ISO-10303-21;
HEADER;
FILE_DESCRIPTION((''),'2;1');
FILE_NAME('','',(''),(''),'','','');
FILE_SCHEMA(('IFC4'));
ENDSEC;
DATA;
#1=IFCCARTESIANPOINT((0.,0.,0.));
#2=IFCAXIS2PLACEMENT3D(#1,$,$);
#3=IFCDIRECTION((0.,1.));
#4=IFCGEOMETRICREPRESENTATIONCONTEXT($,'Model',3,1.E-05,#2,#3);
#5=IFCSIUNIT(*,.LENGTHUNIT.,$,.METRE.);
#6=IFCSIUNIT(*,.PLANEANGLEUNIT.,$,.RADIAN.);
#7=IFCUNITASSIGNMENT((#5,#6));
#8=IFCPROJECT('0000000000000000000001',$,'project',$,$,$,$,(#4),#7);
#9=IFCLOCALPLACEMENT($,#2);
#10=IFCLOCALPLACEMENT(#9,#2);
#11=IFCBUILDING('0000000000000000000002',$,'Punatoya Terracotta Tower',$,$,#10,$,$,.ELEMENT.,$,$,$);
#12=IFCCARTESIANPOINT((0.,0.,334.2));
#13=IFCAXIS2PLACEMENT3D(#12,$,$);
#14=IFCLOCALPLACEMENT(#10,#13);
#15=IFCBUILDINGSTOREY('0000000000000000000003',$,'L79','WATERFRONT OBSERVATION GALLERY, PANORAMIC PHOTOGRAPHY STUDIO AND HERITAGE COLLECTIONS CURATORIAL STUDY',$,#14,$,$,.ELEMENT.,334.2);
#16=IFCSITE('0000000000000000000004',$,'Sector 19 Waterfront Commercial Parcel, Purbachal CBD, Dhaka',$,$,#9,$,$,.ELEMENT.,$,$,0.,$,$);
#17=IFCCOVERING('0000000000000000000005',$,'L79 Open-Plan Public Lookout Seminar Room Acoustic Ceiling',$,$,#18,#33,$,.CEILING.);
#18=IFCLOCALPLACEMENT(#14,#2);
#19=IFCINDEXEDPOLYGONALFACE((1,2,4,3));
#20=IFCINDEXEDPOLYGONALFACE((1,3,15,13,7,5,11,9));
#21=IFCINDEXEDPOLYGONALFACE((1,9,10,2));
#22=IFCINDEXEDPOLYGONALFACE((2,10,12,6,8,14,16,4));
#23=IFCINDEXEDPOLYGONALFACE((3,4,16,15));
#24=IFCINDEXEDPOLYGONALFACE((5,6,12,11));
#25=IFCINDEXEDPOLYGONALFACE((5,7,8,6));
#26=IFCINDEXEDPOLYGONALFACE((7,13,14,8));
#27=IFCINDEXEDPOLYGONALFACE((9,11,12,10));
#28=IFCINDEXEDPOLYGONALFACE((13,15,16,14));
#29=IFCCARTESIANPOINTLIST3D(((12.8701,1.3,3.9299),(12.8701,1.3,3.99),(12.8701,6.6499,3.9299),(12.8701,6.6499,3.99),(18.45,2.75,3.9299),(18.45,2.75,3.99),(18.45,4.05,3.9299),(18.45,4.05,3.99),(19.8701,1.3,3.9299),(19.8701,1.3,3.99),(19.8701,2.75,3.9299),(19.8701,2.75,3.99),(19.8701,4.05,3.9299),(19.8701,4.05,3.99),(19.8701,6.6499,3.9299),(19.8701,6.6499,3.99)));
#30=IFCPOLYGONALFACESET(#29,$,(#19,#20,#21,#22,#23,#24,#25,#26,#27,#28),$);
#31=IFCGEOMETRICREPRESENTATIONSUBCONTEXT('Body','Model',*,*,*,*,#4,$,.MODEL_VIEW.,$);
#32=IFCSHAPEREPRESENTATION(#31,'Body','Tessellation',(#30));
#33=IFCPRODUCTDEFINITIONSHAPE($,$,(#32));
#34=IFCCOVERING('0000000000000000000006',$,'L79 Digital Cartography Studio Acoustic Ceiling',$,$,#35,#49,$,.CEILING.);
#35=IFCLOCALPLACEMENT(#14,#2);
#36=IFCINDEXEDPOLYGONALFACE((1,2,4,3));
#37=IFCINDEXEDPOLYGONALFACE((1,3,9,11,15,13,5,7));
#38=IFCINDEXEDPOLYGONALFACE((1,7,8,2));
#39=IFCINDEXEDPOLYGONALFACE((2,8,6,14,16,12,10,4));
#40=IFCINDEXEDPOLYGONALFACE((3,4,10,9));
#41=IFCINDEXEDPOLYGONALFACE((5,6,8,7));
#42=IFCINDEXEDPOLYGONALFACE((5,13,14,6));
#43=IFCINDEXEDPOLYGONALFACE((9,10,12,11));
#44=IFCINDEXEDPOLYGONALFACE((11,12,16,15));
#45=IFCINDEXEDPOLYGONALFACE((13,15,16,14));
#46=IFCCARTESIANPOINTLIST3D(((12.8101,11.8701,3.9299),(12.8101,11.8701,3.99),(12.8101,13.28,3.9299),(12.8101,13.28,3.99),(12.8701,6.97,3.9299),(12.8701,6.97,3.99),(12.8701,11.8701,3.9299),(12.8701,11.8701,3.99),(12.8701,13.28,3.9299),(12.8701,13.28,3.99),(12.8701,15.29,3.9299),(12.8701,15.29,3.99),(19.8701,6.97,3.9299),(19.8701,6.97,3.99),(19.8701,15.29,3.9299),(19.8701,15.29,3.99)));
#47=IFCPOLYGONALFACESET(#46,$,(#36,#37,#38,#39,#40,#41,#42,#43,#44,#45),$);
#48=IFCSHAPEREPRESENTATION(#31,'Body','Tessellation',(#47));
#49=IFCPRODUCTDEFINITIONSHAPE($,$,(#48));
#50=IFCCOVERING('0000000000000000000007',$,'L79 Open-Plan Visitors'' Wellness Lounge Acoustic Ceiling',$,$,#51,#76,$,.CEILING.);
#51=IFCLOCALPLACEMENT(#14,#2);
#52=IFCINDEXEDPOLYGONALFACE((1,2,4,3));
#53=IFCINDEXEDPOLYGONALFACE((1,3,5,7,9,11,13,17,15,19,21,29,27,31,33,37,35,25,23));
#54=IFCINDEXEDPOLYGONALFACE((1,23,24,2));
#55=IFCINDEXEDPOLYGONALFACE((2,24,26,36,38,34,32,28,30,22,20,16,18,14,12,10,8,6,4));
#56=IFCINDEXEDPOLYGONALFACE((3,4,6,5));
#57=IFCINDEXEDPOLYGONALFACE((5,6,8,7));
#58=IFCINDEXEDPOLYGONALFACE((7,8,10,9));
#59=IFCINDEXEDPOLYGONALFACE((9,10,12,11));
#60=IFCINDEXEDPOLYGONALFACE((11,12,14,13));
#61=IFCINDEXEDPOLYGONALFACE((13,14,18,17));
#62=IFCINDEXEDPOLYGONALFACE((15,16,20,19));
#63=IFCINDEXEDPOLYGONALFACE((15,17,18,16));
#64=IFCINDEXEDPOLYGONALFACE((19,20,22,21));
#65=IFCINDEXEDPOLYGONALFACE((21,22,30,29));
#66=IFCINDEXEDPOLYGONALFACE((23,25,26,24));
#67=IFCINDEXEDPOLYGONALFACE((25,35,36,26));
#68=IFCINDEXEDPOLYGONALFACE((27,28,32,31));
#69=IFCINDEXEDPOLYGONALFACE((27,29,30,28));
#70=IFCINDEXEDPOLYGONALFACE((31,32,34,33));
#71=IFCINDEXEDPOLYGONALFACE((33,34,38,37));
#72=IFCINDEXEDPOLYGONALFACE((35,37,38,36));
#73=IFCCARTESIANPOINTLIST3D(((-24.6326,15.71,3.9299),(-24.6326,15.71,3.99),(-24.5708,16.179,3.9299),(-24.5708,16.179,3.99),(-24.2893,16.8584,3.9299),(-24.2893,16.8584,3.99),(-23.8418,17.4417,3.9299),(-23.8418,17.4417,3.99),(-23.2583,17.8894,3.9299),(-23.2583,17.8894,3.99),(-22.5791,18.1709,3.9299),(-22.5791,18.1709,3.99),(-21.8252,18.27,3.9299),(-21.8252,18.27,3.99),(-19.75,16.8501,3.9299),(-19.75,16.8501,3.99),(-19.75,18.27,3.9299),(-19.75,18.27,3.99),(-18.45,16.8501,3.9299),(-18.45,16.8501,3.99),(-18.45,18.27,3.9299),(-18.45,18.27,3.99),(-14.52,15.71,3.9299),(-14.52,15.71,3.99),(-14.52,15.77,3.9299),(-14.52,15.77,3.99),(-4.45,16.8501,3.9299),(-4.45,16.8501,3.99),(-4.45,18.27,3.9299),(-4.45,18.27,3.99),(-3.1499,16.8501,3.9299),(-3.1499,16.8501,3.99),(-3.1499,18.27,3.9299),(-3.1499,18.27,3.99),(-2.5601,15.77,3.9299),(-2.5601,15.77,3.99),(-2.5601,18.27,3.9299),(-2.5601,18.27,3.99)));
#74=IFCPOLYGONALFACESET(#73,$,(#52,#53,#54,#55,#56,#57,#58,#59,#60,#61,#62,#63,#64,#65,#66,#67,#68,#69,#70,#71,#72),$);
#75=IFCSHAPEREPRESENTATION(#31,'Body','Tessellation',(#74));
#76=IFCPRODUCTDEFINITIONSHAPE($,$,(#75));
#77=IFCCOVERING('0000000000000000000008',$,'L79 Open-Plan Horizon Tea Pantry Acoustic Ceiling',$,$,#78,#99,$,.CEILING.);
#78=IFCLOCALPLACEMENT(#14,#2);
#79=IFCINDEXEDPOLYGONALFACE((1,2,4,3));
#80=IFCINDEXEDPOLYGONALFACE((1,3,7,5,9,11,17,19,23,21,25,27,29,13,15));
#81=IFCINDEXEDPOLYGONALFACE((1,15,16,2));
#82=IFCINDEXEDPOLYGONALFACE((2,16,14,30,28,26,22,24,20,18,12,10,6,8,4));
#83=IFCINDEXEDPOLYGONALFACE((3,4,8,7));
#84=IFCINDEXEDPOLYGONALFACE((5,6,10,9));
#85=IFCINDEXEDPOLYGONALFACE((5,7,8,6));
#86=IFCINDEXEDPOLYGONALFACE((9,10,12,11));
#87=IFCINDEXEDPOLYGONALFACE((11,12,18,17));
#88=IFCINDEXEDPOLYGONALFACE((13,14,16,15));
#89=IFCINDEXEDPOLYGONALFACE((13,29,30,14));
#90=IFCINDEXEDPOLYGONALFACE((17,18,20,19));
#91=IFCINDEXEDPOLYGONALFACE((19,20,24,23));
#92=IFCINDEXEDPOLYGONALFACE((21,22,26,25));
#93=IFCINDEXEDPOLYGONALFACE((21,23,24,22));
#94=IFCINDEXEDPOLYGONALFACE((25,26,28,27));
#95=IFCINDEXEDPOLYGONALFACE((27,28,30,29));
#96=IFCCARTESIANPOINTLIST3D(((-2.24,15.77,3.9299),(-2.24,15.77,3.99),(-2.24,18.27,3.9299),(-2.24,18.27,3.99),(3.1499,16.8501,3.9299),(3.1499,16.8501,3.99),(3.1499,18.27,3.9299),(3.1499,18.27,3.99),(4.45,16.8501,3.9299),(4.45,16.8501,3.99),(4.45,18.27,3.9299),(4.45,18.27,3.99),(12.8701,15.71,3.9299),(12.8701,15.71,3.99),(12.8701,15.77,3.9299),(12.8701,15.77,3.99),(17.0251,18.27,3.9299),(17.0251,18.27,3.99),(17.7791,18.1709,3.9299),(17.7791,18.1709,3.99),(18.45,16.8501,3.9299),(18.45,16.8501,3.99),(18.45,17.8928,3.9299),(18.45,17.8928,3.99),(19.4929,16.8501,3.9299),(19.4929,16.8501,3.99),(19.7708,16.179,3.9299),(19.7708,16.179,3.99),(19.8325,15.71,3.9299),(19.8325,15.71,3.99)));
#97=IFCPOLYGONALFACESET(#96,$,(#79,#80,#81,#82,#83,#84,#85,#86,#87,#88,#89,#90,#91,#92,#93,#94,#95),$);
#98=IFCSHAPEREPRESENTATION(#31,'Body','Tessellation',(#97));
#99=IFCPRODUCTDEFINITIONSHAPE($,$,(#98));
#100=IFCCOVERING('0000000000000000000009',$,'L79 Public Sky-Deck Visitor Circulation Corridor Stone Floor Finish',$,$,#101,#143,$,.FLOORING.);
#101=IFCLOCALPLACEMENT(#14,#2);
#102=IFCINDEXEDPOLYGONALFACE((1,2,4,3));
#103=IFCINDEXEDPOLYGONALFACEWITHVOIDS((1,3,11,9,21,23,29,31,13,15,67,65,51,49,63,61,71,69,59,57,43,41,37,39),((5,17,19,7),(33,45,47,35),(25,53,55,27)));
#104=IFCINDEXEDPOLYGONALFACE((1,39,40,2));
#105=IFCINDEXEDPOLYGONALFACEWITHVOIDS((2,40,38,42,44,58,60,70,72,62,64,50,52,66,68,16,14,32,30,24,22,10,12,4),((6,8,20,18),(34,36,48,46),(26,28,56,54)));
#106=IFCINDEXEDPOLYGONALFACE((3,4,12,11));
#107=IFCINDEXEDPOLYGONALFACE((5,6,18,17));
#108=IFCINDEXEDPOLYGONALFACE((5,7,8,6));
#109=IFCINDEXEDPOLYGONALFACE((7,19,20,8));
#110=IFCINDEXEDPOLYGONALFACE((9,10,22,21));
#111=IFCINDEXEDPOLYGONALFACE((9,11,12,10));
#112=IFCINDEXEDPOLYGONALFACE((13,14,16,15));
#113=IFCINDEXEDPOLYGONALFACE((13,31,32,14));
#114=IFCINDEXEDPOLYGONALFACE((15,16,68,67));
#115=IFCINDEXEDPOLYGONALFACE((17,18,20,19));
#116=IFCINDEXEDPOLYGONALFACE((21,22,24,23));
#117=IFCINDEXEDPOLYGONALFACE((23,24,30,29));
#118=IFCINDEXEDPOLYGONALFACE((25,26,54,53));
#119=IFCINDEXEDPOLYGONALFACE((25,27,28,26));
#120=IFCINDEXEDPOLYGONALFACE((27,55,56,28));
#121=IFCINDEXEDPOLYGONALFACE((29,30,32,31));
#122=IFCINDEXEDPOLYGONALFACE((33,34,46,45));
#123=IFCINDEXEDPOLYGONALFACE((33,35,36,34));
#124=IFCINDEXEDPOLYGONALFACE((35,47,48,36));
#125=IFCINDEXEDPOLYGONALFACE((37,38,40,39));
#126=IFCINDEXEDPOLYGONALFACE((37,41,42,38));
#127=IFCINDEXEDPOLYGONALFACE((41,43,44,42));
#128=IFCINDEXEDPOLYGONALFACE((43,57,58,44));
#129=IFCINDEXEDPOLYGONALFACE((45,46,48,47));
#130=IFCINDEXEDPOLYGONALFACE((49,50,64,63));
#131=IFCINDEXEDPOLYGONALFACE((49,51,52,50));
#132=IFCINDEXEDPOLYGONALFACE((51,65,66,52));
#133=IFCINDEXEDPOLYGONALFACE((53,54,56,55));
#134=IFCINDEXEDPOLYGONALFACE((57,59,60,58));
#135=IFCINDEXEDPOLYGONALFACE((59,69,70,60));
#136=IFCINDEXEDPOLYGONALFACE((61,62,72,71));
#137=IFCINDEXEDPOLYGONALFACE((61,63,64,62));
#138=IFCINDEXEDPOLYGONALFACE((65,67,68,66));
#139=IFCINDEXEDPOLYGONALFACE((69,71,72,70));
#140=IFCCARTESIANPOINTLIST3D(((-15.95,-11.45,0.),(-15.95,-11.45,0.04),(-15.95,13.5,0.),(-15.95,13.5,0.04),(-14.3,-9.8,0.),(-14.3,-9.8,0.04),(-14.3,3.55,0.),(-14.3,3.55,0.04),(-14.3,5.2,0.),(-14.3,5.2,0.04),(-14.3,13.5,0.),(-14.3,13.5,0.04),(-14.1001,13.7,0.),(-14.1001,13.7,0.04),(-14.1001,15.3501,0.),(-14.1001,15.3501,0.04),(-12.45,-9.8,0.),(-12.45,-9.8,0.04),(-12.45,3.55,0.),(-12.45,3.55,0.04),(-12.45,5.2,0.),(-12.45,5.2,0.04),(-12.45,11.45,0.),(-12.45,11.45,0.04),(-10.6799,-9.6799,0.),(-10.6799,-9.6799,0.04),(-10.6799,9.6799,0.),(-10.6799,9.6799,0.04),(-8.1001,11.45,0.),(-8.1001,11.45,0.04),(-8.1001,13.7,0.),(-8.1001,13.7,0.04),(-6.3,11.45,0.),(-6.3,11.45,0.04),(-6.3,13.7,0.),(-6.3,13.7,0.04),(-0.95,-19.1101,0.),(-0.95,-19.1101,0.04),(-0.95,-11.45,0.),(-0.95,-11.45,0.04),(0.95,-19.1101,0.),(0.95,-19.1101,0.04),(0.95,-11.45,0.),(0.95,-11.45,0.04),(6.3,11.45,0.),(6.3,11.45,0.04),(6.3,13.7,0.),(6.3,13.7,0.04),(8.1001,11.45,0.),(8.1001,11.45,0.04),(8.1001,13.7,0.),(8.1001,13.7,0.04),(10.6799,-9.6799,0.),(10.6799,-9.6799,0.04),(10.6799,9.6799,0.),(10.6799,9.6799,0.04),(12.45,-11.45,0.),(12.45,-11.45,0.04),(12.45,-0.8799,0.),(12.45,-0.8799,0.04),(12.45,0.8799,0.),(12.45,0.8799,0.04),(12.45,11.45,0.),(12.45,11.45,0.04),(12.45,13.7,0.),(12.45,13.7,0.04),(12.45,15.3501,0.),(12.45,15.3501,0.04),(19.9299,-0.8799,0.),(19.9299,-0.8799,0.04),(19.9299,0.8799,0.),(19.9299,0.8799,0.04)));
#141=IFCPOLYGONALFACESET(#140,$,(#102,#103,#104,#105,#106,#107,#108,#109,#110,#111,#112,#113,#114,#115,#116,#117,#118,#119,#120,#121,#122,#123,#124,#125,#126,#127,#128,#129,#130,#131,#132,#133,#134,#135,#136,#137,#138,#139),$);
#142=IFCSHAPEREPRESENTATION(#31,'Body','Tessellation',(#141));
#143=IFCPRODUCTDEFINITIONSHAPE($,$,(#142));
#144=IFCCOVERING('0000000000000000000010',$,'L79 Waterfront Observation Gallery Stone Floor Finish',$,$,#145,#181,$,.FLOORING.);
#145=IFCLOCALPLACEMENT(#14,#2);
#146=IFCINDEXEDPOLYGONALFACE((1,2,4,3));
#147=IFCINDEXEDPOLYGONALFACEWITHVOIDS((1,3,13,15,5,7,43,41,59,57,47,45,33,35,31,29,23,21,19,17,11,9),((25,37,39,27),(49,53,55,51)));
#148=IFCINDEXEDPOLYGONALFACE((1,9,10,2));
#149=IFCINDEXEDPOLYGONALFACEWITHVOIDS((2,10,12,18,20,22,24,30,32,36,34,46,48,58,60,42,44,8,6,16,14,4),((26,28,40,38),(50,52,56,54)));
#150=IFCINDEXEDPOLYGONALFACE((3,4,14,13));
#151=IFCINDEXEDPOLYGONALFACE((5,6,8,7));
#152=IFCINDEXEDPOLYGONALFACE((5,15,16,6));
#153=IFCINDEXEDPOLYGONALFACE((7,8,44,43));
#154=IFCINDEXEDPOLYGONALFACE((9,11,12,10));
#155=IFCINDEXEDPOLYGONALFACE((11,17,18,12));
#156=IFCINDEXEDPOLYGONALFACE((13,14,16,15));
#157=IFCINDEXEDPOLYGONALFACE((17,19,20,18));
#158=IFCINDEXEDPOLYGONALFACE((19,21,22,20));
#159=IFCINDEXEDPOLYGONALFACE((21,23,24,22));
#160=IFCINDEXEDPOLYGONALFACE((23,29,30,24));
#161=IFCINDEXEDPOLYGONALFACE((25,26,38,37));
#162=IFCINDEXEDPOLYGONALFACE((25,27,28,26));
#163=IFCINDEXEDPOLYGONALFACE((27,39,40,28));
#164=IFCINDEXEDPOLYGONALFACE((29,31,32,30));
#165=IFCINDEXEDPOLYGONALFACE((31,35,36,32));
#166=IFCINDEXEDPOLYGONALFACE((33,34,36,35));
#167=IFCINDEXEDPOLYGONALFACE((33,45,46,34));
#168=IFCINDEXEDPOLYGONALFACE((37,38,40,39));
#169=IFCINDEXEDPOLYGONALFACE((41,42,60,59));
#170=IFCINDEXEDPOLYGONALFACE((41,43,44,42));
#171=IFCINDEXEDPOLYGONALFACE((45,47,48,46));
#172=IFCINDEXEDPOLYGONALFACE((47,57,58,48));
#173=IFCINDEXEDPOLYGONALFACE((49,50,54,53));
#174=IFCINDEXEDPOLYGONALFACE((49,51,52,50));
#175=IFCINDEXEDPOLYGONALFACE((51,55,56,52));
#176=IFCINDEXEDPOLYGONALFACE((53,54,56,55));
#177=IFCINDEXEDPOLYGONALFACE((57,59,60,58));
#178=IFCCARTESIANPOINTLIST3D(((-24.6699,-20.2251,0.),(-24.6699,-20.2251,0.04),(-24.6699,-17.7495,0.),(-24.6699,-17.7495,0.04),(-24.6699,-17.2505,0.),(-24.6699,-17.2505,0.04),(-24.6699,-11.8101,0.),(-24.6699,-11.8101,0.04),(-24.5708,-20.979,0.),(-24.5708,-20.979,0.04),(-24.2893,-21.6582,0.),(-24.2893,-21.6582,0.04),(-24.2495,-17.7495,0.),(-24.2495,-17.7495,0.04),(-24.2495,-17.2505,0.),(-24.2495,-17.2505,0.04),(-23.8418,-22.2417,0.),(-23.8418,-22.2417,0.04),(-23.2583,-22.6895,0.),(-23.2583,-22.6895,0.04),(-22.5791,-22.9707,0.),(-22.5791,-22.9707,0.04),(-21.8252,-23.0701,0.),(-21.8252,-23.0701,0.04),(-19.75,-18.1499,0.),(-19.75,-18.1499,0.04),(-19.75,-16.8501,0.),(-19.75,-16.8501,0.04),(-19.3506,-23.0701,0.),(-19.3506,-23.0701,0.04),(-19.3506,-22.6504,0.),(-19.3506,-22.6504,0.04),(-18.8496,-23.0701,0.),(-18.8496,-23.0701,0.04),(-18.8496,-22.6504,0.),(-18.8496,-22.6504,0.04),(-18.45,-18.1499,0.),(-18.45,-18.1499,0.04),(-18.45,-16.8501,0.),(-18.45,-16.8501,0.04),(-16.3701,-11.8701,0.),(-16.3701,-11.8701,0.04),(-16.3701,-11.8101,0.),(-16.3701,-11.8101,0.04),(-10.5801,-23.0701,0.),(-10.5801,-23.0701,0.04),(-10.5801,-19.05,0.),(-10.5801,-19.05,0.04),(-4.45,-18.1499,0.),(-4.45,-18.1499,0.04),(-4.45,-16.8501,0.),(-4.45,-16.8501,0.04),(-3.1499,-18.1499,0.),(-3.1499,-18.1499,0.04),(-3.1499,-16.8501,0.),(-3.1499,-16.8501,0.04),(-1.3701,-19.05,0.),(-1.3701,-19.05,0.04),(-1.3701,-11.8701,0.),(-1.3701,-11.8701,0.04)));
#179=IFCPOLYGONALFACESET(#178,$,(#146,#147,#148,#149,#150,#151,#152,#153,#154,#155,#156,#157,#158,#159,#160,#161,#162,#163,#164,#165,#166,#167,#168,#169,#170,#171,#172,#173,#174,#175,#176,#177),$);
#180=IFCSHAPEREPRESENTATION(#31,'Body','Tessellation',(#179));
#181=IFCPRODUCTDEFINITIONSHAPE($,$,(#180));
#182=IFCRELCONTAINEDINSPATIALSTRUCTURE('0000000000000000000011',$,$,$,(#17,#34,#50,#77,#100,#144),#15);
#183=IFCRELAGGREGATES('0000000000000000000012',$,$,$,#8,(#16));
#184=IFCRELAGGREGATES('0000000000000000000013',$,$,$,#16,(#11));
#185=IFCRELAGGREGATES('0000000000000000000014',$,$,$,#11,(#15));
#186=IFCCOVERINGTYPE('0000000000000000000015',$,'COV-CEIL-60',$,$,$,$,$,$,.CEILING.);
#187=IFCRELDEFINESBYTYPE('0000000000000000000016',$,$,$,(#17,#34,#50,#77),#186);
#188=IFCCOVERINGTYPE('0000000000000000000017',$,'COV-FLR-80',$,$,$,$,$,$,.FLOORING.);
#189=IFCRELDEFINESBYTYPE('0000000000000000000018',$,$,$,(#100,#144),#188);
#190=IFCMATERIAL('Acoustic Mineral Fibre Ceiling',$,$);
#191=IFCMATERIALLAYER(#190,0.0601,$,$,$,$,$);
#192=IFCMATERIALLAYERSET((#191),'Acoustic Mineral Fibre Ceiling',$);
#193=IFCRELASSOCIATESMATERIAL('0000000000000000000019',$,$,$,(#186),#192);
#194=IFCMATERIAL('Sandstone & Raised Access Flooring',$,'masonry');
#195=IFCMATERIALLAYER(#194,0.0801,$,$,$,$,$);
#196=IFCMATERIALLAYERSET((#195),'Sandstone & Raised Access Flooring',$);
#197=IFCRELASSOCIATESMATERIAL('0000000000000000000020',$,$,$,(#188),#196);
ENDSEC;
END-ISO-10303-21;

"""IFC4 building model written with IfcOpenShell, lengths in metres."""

from ifc_helpers import new_model, si_unit, direction, frame, origin, place, context, subcontext, project, spatial, polyline, outline, extrude, material, layer, layer_set, type_object, element, save


model = new_model("IFC4")

# Units and contexts
model_context = context("Model", 3, precision=1e-05, world=origin(), true_north=direction((0.0, 1.0)))
body_context = subcontext(model_context, "Body", "Model", "MODEL_VIEW")
ifc_project = project(units=[si_unit("LENGTHUNIT", "METRE"), si_unit("PLANEANGLEUNIT", "RADIAN")], contexts=[model_context])

# Site, building, storey
site_placement = place(None, origin())
site = spatial("IfcSite", under=ifc_project, at=site_placement, Name="Sector 19 Waterfront Commercial Parcel, Purbachal CBD, Dhaka", CompositionType="ELEMENT", RefElevation=0.0)
building_placement = place(site_placement, origin())
building = spatial("IfcBuilding", under=site, at=building_placement, Name="Punatoya Terracotta Tower", CompositionType="ELEMENT")
storey_placement = place(building_placement, frame((0.0, 0.0, 334.2)))
storey = spatial("IfcBuildingStorey", under=building, at=storey_placement, Name="L79", Description="WATERFRONT OBSERVATION GALLERY, PANORAMIC PHOTOGRAPHY STUDIO AND HERITAGE COLLECTIONS CURATORIAL STUDY", CompositionType="ELEMENT", Elevation=334.2)

# Coverings
ifc_material_1 = material(Name="Acoustic Mineral Fibre Ceiling")
ifc_layer_1 = layer(ifc_material_1, 0.0601)
ifc_layer_set_1 = layer_set([ifc_layer_1], Name="Acoustic Mineral Fibre Ceiling")
covering_type_1 = type_object("IfcCoveringType", Name="COV-CEIL-60", PredefinedType="CEILING", material=ifc_layer_set_1)
covering_1_placement = place(storey_placement, frame((0.0, 0.0, 3.9299)))
element("IfcCovering", 1, at=covering_1_placement, inside=storey, type_object=covering_type_1, Name="L79 Open-Plan Public Lookout Seminar Room Acoustic Ceiling", PredefinedType="CEILING", context=body_context, shape_type="SweptSolid", body=[
    extrude(outline(polyline([(18.45, 4.05), (19.8701, 4.05), (19.8701, 6.6499), (12.8701, 6.6499), (12.8701, 1.3), (19.8701, 1.3), (19.8701, 2.75), (18.45, 2.75), (18.45, 4.05)])), origin(), (0.0, 0.0, 1.0), 0.0601),
])
covering_2_placement = place(storey_placement, frame((0.0, 0.0, 3.9299)))
element("IfcCovering", 2, at=covering_2_placement, inside=storey, type_object=covering_type_1, Name="L79 Digital Cartography Studio Acoustic Ceiling", PredefinedType="CEILING", context=body_context, shape_type="SweptSolid", body=[
    extrude(outline(polyline([(12.8101, 11.8701), (12.8701, 11.8701), (12.8701, 6.97), (19.8701, 6.97), (19.8701, 15.29), (12.8701, 15.29), (12.8701, 13.28), (12.8101, 13.28), (12.8101, 11.8701)])), origin(), (0.0, 0.0, 1.0), 0.0601),
])
covering_3_placement = place(storey_placement, frame((0.0, 0.0, 3.9299)))
element("IfcCovering", 3, at=covering_3_placement, inside=storey, type_object=covering_type_1, Name="L79 Open-Plan Visitors' Wellness Lounge Acoustic Ceiling", PredefinedType="CEILING", context=body_context, shape_type="SweptSolid", body=[
    extrude(outline(polyline([(-19.75, 18.27), (-21.8252, 18.27), (-22.5791, 18.1709), (-23.2583, 17.8894), (-23.8418, 17.4417), (-24.2893, 16.8584), (-24.5708, 16.179), (-24.6326, 15.71), (-14.52, 15.71), (-14.52, 15.77), (-2.5601, 15.77), (-2.5601, 18.27), (-3.1499, 18.27), (-3.1499, 16.8501), (-4.45, 16.8501), (-4.45, 18.27), (-18.45, 18.27), (-18.45, 16.8501), (-19.75, 16.8501), (-19.75, 18.27)])), origin(), (0.0, 0.0, 1.0), 0.0601),
])
covering_4_placement = place(storey_placement, frame((0.0, 0.0, 3.9299)))
element("IfcCovering", 4, at=covering_4_placement, inside=storey, type_object=covering_type_1, Name="L79 Open-Plan Horizon Tea Pantry Acoustic Ceiling", PredefinedType="CEILING", context=body_context, shape_type="SweptSolid", body=[
    extrude(outline(polyline([(3.1499, 18.27), (-2.24, 18.27), (-2.24, 15.77), (12.8701, 15.77), (12.8701, 15.71), (19.8325, 15.71), (19.7708, 16.179), (19.4929, 16.8501), (18.45, 16.8501), (18.45, 17.8928), (17.7791, 18.1709), (17.0251, 18.27), (4.45, 18.27), (4.45, 16.8501), (3.1499, 16.8501), (3.1499, 18.27)])), origin(), (0.0, 0.0, 1.0), 0.0601),
])
ifc_material_2 = material(Name="Sandstone & Raised Access Flooring", Category="masonry")
ifc_layer_2 = layer(ifc_material_2, 0.0801)
ifc_layer_set_2 = layer_set([ifc_layer_2], Name="Sandstone & Raised Access Flooring")
covering_type_2 = type_object("IfcCoveringType", Name="COV-FLR-80", PredefinedType="FLOORING", material=ifc_layer_set_2)
covering_5_placement = place(storey_placement, origin())
element("IfcCovering", 5, at=covering_5_placement, inside=storey, type_object=covering_type_2, Name="L79 Public Sky-Deck Visitor Circulation Corridor Stone Floor Finish", PredefinedType="FLOORING", context=body_context, shape_type="SweptSolid", body=[
    extrude(outline(polyline([(0.95, -11.45), (12.45, -11.45), (12.45, -0.8799), (19.9299, -0.8799), (19.9299, 0.8799), (12.45, 0.8799), (12.45, 11.45), (8.1001, 11.45), (8.1001, 13.7), (12.45, 13.7), (12.45, 15.3501), (-14.1001, 15.3501), (-14.1001, 13.7), (-8.1001, 13.7), (-8.1001, 11.45), (-12.45, 11.45), (-12.45, 5.2), (-14.3, 5.2), (-14.3, 13.5), (-15.95, 13.5), (-15.95, -11.45), (-0.95, -11.45), (-0.95, -19.1101), (0.95, -19.1101), (0.95, -11.45)]), holes=[polyline([(10.6799, 9.6799), (10.6799, -9.6799), (-10.6799, -9.6799), (-10.6799, 9.6799), (10.6799, 9.6799)]), polyline([(6.3, 13.7), (6.3, 11.45), (-6.3, 11.45), (-6.3, 13.7), (6.3, 13.7)]), polyline([(-12.45, 3.55), (-12.45, -9.8), (-14.3, -9.8), (-14.3, 3.55), (-12.45, 3.55)])]), origin(), (0.0, 0.0, 1.0), 0.04),
])
covering_6_placement = place(storey_placement, origin())
element("IfcCovering", 6, at=covering_6_placement, inside=storey, type_object=covering_type_2, Name="L79 Waterfront Observation Gallery Stone Floor Finish", PredefinedType="FLOORING", context=body_context, shape_type="SweptSolid", body=[
    extrude(outline(polyline([(-18.8496, -23.0701), (-10.5801, -23.0701), (-10.5801, -19.05), (-1.3701, -19.05), (-1.3701, -11.8701), (-16.3701, -11.8701), (-16.3701, -11.8101), (-24.6699, -11.8101), (-24.6699, -17.2505), (-24.2495, -17.2505), (-24.2495, -17.7495), (-24.6699, -17.7495), (-24.6699, -20.2251), (-24.5708, -20.979), (-24.2893, -21.6582), (-23.8418, -22.2417), (-23.2583, -22.6895), (-22.5791, -22.9707), (-21.8252, -23.0701), (-19.3506, -23.0701), (-19.3506, -22.6504), (-18.8496, -22.6504), (-18.8496, -23.0701)]), holes=[polyline([(-4.45, -16.8501), (-3.1499, -16.8501), (-3.1499, -18.1499), (-4.45, -18.1499), (-4.45, -16.8501)]), polyline([(-19.75, -18.1499), (-19.75, -16.8501), (-18.45, -16.8501), (-18.45, -18.1499), (-19.75, -18.1499)])]), origin(), (0.0, 0.0, 1.0), 0.04),
])

save(model, "model.ifc")
